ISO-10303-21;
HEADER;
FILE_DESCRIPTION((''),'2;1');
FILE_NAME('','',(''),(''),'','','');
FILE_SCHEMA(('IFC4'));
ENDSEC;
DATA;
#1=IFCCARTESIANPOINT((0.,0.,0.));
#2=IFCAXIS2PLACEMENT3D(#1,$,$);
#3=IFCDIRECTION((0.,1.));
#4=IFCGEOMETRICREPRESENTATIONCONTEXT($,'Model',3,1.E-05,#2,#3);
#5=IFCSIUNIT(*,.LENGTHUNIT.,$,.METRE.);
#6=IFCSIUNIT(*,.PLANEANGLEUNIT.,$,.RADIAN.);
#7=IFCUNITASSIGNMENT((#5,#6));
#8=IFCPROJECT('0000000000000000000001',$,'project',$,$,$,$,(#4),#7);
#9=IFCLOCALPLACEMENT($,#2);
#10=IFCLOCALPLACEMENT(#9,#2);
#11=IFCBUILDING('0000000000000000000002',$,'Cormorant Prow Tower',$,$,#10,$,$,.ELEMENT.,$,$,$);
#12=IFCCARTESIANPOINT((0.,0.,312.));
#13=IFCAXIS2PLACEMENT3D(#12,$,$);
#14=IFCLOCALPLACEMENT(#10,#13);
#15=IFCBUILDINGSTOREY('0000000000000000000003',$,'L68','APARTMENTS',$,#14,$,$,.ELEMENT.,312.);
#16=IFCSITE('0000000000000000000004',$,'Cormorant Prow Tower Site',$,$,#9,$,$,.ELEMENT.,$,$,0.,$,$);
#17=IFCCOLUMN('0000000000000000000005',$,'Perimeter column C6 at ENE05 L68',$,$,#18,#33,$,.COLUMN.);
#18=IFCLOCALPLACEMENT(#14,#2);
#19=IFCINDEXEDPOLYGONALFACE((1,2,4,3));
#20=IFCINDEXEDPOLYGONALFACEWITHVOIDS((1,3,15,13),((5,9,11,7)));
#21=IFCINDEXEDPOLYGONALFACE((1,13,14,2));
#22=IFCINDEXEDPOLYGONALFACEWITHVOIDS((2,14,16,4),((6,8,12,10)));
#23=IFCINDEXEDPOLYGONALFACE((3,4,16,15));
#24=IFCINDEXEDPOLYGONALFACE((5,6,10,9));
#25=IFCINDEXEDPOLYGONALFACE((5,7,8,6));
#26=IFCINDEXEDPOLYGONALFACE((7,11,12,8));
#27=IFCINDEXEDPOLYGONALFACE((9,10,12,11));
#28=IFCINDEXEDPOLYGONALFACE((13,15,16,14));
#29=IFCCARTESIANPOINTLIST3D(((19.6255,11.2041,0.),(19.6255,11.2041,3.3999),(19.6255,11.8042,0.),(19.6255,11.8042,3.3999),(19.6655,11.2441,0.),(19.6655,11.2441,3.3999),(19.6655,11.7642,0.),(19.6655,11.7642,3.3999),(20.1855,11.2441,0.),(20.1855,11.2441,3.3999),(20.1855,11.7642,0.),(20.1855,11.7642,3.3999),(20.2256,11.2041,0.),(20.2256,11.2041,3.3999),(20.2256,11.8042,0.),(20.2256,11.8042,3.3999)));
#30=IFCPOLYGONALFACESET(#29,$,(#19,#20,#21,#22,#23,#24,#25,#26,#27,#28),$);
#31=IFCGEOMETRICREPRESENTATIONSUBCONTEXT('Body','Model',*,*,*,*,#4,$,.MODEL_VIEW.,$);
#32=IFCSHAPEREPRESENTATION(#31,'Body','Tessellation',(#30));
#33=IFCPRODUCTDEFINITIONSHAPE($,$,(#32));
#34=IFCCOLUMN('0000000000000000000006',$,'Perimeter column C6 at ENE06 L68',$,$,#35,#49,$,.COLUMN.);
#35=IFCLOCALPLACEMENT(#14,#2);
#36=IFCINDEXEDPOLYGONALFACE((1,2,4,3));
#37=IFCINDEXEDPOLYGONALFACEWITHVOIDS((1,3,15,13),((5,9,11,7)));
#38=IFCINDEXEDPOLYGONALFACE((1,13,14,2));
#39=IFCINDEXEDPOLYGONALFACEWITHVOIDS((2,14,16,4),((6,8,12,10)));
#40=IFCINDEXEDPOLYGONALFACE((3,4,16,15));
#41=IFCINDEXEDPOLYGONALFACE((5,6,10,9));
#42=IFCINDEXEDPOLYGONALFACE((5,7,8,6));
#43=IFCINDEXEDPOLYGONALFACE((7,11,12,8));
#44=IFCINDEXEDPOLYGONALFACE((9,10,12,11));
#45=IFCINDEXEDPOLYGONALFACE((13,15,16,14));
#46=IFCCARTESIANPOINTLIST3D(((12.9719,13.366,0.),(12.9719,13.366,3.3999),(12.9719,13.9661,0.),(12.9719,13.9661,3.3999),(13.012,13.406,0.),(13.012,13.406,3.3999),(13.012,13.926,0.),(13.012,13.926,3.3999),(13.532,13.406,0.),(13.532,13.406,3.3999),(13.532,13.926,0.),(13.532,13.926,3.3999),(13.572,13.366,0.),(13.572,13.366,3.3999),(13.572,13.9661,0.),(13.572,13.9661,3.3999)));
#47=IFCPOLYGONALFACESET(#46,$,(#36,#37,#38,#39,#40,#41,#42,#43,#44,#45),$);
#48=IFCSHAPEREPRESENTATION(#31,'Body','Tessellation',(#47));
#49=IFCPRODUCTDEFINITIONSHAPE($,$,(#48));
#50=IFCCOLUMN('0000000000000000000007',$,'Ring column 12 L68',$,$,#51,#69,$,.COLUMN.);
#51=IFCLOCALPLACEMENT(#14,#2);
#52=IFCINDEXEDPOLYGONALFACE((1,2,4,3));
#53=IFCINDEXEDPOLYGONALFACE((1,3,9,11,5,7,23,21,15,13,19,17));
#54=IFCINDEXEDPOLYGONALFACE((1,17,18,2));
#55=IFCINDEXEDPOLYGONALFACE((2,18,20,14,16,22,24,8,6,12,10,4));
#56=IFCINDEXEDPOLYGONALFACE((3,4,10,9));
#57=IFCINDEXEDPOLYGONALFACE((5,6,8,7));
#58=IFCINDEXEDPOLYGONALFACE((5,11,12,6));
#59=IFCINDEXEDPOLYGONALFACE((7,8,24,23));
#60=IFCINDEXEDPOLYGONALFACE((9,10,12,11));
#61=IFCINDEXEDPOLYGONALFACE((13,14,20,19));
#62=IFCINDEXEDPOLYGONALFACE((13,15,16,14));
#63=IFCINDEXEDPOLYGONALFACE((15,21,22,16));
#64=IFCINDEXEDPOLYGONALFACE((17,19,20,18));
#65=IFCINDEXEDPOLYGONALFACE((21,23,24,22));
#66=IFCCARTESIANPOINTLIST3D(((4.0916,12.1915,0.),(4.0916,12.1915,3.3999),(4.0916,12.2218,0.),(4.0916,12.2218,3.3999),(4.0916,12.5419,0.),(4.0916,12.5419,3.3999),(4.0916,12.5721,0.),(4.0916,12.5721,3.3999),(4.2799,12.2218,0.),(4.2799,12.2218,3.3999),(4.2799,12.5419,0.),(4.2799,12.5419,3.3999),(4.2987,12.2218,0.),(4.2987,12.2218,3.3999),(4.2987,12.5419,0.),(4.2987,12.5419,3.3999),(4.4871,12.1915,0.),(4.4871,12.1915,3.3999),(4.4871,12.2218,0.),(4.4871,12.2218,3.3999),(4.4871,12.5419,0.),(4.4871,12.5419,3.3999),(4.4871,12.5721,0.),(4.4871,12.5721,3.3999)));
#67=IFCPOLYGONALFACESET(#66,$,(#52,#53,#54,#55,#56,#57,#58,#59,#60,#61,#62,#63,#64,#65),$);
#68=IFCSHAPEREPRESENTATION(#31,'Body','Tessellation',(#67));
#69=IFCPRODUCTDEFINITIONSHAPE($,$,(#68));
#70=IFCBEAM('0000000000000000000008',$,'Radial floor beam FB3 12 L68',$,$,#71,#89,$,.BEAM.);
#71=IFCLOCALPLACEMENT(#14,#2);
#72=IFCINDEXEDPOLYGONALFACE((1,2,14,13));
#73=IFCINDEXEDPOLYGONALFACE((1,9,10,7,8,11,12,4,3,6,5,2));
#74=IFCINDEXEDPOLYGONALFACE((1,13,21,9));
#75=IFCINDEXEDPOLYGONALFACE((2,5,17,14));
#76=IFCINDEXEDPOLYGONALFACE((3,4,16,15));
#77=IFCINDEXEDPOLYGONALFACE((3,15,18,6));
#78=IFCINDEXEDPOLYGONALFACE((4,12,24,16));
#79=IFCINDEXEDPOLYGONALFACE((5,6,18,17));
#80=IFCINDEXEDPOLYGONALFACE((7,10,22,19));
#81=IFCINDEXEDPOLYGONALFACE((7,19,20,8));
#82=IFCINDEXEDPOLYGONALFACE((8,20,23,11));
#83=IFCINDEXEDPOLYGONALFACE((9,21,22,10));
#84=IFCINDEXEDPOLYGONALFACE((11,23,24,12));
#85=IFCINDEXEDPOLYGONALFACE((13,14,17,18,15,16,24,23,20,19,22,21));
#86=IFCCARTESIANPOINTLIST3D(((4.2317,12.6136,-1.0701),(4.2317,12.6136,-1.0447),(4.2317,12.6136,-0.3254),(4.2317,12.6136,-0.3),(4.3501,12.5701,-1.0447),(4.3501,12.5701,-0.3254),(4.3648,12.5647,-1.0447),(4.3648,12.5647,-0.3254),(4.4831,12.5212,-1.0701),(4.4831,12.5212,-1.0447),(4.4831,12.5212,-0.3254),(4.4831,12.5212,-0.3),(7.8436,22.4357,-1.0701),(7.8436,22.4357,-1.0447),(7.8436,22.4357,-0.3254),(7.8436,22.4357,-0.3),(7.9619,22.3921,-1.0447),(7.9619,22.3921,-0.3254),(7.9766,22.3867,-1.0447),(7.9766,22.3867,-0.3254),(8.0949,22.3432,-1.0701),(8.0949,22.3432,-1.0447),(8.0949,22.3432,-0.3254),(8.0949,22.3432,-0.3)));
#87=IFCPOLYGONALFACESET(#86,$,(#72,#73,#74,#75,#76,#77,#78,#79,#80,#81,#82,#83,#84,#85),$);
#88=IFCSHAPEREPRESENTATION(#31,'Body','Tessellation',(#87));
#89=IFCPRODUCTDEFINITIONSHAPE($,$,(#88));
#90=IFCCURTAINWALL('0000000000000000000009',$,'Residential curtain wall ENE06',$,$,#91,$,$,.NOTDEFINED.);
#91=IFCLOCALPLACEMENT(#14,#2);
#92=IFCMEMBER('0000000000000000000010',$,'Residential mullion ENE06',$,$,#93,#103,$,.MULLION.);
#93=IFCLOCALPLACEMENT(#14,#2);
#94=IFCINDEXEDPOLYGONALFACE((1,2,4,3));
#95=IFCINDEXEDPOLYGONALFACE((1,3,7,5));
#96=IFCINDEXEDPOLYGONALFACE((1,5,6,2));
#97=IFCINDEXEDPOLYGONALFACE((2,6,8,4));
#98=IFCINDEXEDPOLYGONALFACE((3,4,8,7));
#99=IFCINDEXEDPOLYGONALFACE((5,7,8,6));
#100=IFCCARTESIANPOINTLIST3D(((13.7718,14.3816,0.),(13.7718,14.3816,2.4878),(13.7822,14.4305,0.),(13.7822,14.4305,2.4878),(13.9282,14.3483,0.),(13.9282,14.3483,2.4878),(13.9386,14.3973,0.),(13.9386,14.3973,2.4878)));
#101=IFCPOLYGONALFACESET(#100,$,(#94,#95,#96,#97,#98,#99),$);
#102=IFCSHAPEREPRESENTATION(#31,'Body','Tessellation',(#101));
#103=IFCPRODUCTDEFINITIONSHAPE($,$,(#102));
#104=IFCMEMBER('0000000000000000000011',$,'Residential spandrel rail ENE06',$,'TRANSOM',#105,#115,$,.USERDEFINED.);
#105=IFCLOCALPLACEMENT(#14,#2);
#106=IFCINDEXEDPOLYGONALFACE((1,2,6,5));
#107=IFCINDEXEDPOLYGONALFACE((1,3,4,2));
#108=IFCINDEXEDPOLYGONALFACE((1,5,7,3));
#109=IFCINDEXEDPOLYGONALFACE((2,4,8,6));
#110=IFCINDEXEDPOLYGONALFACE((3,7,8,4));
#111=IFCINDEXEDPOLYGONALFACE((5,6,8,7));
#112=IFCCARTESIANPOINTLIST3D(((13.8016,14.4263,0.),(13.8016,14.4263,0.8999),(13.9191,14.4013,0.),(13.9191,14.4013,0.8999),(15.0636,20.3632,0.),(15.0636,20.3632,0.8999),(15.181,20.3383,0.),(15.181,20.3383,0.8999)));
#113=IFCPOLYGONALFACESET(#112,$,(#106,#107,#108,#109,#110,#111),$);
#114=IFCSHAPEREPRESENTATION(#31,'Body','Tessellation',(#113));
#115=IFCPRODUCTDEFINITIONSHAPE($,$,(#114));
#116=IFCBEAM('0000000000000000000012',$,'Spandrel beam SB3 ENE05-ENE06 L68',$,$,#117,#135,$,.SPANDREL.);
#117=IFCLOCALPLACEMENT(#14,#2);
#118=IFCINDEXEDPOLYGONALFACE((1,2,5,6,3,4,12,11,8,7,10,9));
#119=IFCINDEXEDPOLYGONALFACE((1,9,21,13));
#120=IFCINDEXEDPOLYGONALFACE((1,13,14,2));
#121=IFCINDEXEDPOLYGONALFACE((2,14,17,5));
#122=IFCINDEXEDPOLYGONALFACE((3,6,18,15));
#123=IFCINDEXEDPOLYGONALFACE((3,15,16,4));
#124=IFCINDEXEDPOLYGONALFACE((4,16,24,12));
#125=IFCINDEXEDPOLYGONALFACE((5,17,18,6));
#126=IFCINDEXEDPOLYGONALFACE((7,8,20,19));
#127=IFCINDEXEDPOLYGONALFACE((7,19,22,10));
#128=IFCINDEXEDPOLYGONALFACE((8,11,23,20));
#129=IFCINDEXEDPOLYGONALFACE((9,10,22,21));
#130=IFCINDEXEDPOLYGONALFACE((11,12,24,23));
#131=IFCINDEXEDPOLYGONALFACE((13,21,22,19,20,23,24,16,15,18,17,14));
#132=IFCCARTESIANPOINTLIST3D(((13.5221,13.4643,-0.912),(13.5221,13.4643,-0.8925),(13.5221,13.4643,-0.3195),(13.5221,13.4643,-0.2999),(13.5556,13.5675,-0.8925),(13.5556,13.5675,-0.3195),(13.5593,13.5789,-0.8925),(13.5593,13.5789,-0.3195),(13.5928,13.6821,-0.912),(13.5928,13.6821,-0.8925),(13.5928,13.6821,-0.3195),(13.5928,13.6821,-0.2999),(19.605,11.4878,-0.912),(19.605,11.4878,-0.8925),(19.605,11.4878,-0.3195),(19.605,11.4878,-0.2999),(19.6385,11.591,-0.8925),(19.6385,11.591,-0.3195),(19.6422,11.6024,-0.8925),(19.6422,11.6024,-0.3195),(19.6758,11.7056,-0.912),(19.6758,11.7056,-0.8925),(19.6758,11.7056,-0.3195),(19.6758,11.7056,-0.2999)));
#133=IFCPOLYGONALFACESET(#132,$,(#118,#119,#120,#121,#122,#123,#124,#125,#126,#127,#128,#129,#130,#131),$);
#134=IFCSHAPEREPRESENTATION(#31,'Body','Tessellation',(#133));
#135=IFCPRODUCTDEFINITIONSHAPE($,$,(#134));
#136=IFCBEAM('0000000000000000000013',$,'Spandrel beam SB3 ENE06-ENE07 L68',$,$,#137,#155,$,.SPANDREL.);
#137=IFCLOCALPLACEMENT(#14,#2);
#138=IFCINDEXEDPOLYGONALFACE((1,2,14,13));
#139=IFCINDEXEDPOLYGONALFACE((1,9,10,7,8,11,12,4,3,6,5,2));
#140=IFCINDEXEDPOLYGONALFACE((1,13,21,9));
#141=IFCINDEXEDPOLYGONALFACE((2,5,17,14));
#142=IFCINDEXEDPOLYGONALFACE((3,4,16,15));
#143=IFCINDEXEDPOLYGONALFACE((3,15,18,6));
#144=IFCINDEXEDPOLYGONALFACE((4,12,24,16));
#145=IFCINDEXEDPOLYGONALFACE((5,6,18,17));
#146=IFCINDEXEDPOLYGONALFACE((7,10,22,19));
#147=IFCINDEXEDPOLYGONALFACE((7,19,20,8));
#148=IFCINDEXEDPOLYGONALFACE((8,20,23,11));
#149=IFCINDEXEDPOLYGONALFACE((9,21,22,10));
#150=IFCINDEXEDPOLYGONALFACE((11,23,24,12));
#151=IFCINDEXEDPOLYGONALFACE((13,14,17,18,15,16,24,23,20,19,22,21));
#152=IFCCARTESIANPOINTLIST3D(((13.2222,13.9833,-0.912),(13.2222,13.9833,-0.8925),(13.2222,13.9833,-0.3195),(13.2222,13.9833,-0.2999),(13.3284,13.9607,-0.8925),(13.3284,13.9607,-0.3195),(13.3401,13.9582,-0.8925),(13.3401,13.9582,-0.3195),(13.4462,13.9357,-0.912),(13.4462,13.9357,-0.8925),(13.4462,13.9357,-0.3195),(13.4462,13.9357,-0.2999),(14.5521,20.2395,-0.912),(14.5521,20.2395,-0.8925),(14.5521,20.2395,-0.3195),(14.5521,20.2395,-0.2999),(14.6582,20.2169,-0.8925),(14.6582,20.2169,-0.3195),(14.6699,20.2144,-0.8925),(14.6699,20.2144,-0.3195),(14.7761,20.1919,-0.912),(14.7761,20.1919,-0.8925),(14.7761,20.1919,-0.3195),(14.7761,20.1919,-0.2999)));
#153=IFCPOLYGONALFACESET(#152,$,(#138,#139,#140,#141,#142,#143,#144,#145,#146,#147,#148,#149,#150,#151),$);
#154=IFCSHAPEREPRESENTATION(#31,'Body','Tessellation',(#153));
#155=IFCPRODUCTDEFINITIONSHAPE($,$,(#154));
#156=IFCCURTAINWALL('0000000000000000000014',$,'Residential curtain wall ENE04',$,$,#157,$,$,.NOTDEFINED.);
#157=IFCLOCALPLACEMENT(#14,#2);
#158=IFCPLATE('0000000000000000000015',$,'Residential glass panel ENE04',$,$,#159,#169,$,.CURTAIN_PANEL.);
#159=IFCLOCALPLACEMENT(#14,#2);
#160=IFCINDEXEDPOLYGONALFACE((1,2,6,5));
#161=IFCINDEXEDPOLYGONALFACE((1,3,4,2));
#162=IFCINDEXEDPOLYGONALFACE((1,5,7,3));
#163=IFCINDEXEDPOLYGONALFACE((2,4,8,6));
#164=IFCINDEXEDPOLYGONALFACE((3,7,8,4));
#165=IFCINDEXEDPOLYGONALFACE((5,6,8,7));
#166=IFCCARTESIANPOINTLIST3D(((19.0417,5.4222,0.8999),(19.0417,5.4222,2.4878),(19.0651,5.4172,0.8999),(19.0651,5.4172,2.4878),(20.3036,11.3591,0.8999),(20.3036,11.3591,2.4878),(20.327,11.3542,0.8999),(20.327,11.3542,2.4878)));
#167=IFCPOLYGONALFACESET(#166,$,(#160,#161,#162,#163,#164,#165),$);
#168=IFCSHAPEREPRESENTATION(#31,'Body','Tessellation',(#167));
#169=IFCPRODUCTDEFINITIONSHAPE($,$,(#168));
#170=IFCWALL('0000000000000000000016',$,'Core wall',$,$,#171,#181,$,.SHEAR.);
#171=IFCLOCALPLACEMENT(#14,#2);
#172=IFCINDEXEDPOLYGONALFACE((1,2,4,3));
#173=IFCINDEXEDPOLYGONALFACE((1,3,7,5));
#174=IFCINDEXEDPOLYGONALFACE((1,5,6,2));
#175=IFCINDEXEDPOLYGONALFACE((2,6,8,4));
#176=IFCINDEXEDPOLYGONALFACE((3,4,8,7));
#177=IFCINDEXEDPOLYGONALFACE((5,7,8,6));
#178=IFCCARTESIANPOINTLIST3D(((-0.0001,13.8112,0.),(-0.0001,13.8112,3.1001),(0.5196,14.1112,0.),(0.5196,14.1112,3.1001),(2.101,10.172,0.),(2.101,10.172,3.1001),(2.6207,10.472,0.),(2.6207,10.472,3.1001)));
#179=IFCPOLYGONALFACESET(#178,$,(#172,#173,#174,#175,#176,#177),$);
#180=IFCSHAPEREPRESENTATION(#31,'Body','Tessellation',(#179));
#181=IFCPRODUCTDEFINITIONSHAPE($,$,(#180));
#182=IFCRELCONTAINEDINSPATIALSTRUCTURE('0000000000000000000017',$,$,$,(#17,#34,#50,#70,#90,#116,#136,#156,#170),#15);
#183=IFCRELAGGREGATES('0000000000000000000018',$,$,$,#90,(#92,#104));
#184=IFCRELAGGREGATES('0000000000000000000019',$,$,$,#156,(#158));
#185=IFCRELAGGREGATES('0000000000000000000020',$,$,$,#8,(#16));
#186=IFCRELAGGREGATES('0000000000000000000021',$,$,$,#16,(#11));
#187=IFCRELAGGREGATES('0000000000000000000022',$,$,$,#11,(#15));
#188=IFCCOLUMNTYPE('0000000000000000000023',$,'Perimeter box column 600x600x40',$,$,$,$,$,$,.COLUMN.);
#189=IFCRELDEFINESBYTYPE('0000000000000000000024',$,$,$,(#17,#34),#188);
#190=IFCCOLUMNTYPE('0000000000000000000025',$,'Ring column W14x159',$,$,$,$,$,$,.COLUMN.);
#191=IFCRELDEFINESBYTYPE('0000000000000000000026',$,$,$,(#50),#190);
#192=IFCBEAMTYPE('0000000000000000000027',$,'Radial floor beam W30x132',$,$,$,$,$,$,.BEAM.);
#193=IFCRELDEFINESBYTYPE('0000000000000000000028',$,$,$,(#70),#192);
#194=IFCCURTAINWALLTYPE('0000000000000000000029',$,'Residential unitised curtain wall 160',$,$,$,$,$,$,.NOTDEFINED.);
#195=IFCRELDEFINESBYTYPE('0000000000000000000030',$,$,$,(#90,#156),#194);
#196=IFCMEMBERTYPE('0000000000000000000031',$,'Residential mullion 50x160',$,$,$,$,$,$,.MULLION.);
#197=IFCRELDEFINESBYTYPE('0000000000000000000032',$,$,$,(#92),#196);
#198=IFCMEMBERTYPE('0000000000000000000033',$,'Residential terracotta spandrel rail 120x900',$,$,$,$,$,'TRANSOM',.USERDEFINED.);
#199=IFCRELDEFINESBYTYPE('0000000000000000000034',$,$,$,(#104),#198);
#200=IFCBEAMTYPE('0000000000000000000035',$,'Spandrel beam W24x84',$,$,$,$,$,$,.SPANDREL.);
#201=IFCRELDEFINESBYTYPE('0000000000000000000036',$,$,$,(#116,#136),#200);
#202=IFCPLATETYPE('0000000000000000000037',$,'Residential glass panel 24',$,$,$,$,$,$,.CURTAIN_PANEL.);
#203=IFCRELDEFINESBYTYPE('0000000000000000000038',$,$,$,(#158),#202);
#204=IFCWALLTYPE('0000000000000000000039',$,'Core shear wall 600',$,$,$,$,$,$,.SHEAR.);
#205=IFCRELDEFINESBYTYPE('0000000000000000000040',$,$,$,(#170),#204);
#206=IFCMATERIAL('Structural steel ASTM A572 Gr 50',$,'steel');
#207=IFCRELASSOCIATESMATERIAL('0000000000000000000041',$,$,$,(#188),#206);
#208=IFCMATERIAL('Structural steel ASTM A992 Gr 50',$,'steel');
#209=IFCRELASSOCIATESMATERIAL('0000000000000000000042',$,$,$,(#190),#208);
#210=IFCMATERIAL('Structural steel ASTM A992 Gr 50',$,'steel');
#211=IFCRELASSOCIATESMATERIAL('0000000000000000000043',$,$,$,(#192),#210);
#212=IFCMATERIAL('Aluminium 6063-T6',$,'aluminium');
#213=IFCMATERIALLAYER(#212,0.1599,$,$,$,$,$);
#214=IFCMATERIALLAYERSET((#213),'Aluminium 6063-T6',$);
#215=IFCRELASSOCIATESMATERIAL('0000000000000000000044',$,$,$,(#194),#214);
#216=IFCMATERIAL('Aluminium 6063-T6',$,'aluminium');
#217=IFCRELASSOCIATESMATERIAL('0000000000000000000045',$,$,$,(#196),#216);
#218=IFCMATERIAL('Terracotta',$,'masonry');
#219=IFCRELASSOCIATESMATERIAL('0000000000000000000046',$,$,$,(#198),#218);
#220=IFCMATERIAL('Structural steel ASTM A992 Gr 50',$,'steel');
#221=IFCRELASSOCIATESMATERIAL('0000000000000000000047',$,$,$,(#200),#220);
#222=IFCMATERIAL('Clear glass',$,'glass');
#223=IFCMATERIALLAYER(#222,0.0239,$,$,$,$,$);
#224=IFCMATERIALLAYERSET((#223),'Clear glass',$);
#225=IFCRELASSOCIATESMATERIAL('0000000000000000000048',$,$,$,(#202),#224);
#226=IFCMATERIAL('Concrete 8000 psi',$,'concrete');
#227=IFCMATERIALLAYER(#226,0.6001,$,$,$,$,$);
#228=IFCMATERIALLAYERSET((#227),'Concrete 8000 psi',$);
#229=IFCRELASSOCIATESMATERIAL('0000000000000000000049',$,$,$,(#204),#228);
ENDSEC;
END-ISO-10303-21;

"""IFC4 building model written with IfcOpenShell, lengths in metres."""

from ifc_helpers import new_model, si_unit, direction, frame, frame_2d, origin, origin_2d, place, context, subcontext, project, spatial, rectangle, hollow_rectangle, i_section, extrude, material, layer, layer_set, material_profile, profile_set, type_object, element, aggregate, save


model = new_model("IFC4")

# Units and contexts
model_context = context("Model", 3, precision=1e-05, world=origin(), true_north=direction((0.0, 1.0)))
body_context = subcontext(model_context, "Body", "Model", "MODEL_VIEW")
ifc_project = project(units=[si_unit("LENGTHUNIT", "METRE"), si_unit("PLANEANGLEUNIT", "RADIAN")], contexts=[model_context])

# Site, building, storey
site_placement = place(None, origin())
site = spatial("IfcSite", under=ifc_project, at=site_placement, Name="Cormorant Prow Tower Site", CompositionType="ELEMENT", RefElevation=0.0)
building_placement = place(site_placement, origin())
building = spatial("IfcBuilding", under=site, at=building_placement, Name="Cormorant Prow Tower", CompositionType="ELEMENT")
storey_placement = place(building_placement, frame((0.0, 0.0, 312.0)))
storey = spatial("IfcBuildingStorey", under=building, at=storey_placement, Name="L68", Description="APARTMENTS", CompositionType="ELEMENT", Elevation=312.0)

# Columns
ifc_material_1 = material(Name="Structural steel ASTM A572 Gr 50", Category="steel")
ifc_material_profile_1 = material_profile(ifc_material_1, hollow_rectangle(XDim=0.6001, YDim=0.6001, WallThickness=0.04, at=origin_2d()), Name="Box 600x600x40")
ifc_profile_set_1 = profile_set([ifc_material_profile_1], Name="Structural steel ASTM A572 Gr 50")
column_type_1 = type_object("IfcColumnType", Name="Perimeter box column 600x600x40", PredefinedType="COLUMN", material=ifc_profile_set_1)
for number, where, z_axis, x_axis, name in (
    (1, (19.9255, 11.5042, 0.0), (0.0, 0.0, 1.0), (1.0, 0.0, 0.0), "Perimeter column C6 at ENE05 L68"),
    (2, (13.272, 13.666, 0.0), (0.0, 0.0, 1.0), (1.0, 0.0, 0.0), "Perimeter column C6 at ENE06 L68"),
):
    element("IfcColumn", number, at=place(storey_placement, frame(where, z_axis=z_axis, x_axis=x_axis)), inside=storey, type_object=column_type_1, Name=name, PredefinedType="COLUMN", context=body_context, shape_type="SweptSolid", body=[
        extrude(hollow_rectangle(XDim=0.6001, YDim=0.6001, WallThickness=0.04, at=origin_2d()), origin(), (0.0, 0.0, 1.0), 3.3999),
    ])
ifc_material_2 = material(Name="Structural steel ASTM A992 Gr 50", Category="steel")
ifc_material_profile_2 = material_profile(ifc_material_2, i_section(OverallWidth=0.3955, OverallDepth=0.3806, WebThickness=0.0188, FlangeThickness=0.0303, at=origin_2d()), Name="W14x159")
ifc_profile_set_2 = profile_set([ifc_material_profile_2], Name="Structural steel ASTM A992 Gr 50")
column_type_2 = type_object("IfcColumnType", Name="Ring column W14x159", PredefinedType="COLUMN", material=ifc_profile_set_2)
column_placement = place(storey_placement, frame((4.2893, 12.3818, 0.0), z_axis=(0.0, 0.0, 1.0), x_axis=(1.0, 0.0, 0.0)))
element("IfcColumn", 3, at=column_placement, inside=storey, type_object=column_type_2, Name="Ring column 12 L68", PredefinedType="COLUMN", context=body_context, shape_type="SweptSolid", body=[
    extrude(i_section(OverallWidth=0.3955, OverallDepth=0.3806, WebThickness=0.0188, FlangeThickness=0.0303, at=origin_2d()), origin(), (0.0, 0.0, 1.0), 3.3999),
])

# Beam
ifc_material_3 = material(Name="Structural steel ASTM A992 Gr 50", Category="steel")
ifc_material_profile_3 = material_profile(ifc_material_3, i_section(OverallWidth=0.2678, OverallDepth=0.77, WebThickness=0.0156, FlangeThickness=0.0254, at=origin_2d()), Name="W30x132")
ifc_profile_set_3 = profile_set([ifc_material_profile_3], Name="Structural steel ASTM A992 Gr 50")
beam_type_1 = type_object("IfcBeamType", Name="Radial floor beam W30x132", PredefinedType="BEAM", material=ifc_profile_set_3)
beam_placement = place(storey_placement, frame((4.3574, 12.5674, -0.6851), z_axis=(0.345131, 0.938554, 0.0), x_axis=(-0.938554, 0.345131, 0.0)))
element("IfcBeam", 4, at=beam_placement, inside=storey, type_object=beam_type_1, Name="Radial floor beam FB3 12 L68", PredefinedType="BEAM", context=body_context, shape_type="SweptSolid", body=[
    extrude(i_section(OverallWidth=0.2678, OverallDepth=0.77, WebThickness=0.0156, FlangeThickness=0.0254, at=origin_2d()), origin(), (0.0, 0.0, 1.0), 10.4651),
])

# Curtain wall, members
ifc_material_4 = material(Name="Aluminium 6063-T6", Category="aluminium")
ifc_layer_1 = layer(ifc_material_4, 0.1599)
ifc_layer_set_1 = layer_set([ifc_layer_1], Name="Aluminium 6063-T6")
curtain_wall_type = type_object("IfcCurtainWallType", Name="Residential unitised curtain wall 160", PredefinedType="NOTDEFINED", material=ifc_layer_set_1)
curtain_wall_1_placement = place(storey_placement, origin())
curtain_wall_1 = element("IfcCurtainWall", 5, at=curtain_wall_1_placement, inside=storey, type_object=curtain_wall_type, Name="Residential curtain wall ENE06", PredefinedType="NOTDEFINED")
ifc_material_5 = material(Name="Aluminium 6063-T6", Category="aluminium")
ifc_material_profile_4 = material_profile(ifc_material_5, rectangle(XDim=0.1599, YDim=0.05, at=origin_2d()), Name="Residential mullion 50x160")
ifc_profile_set_4 = profile_set([ifc_material_profile_4], Name="Aluminium 6063-T6")
member_type_1 = type_object("IfcMemberType", Name="Residential mullion 50x160", PredefinedType="MULLION", material=ifc_profile_set_4)
member_1_placement = place(storey_placement, frame((13.8552, 14.3894, 0.0), z_axis=(0.0, 0.0, 1.0), x_axis=(-0.978148, 0.207912, 0.0)))
member_1 = element("IfcMember", 6, at=member_1_placement, type_object=member_type_1, Name="Residential mullion ENE06", PredefinedType="MULLION", context=body_context, shape_type="SweptSolid", body=[
    extrude(rectangle(XDim=0.1599, YDim=0.05, at=origin_2d()), origin(), (0.0, 0.0, 1.0), 2.4878),
])
ifc_material_6 = material(Name="Terracotta", Category="masonry")
ifc_material_profile_5 = material_profile(ifc_material_6, rectangle(XDim=0.1201, YDim=0.8999, at=origin_2d()), Name="Residential terracotta spandrel rail 120x900")
ifc_profile_set_5 = profile_set([ifc_material_profile_5], Name="Terracotta")
member_type_2 = type_object("IfcMemberType", Name="Residential terracotta spandrel rail 120x900", ElementType="TRANSOM", PredefinedType="USERDEFINED", material=ifc_profile_set_5)
member_2_placement = place(storey_placement, frame((13.8604, 14.4138, 0.45), z_axis=(0.207914, 0.978147, 0.0), x_axis=(-0.978147, 0.207914, 0.0)))
member_2 = element("IfcMember", 7, at=member_2_placement, type_object=member_type_2, Name="Residential spandrel rail ENE06", ObjectType="TRANSOM", PredefinedType="USERDEFINED", context=body_context, shape_type="SweptSolid", body=[
    extrude(rectangle(XDim=0.1201, YDim=0.8999, at=origin_2d()), origin(), (0.0, 0.0, 1.0), 6.0696),
])
aggregate(curtain_wall_1, [member_1, member_2])

# Beams
ifc_material_7 = material(Name="Structural steel ASTM A992 Gr 50", Category="steel")
ifc_material_profile_6 = material_profile(ifc_material_7, i_section(OverallWidth=0.229, OverallDepth=0.6121, WebThickness=0.012, FlangeThickness=0.0195, at=origin_2d()), Name="W24x84")
ifc_profile_set_6 = profile_set([ifc_material_profile_6], Name="Structural steel ASTM A992 Gr 50")
beam_type_2 = type_object("IfcBeamType", Name="Spandrel beam W24x84", PredefinedType="SPANDREL", material=ifc_profile_set_6)
for number, where, z_axis, x_axis, name in (
    (8, (19.6404, 11.5967, -0.606), (-0.951053, 0.309027, 0.0), (-0.309027, -0.951053, 0.0), "Spandrel beam SB3 ENE05-ENE06 L68"),
    (9, (13.3342, 13.9595, -0.606), (0.20792, 0.978146, 0.0), (-0.978146, 0.20792, 0.0), "Spandrel beam SB3 ENE06-ENE07 L68"),
):
    element("IfcBeam", number, at=place(storey_placement, frame(where, z_axis=z_axis, x_axis=x_axis)), inside=storey, type_object=beam_type_2, Name=name, PredefinedType="SPANDREL", context=body_context, shape_type="SweptSolid", body=[
        extrude(i_section(OverallWidth=0.229, OverallDepth=0.6121, WebThickness=0.012, FlangeThickness=0.0195, at=origin_2d()), origin(), (0.0, 0.0, 1.0), 6.396),
    ])

# Curtain wall, plate
curtain_wall_2_placement = place(storey_placement, origin())
curtain_wall_2 = element("IfcCurtainWall", 10, at=curtain_wall_2_placement, inside=storey, type_object=curtain_wall_type, Name="Residential curtain wall ENE04", PredefinedType="NOTDEFINED")
ifc_material_8 = material(Name="Clear glass", Category="glass")
ifc_layer_2 = layer(ifc_material_8, 0.0239)
ifc_layer_set_2 = layer_set([ifc_layer_2], Name="Clear glass")
plate_type = type_object("IfcPlateType", Name="Residential glass panel 24", PredefinedType="CURTAIN_PANEL", material=ifc_layer_set_2)
plate_placement = place(storey_placement, frame((19.6843, 8.3882, 0.8999), z_axis=(0.0, 0.0, 1.0), x_axis=(0.207912, 0.978148, 0.0)))
plate = element("IfcPlate", 11, at=plate_placement, type_object=plate_type, Name="Residential glass panel ENE04", PredefinedType="CURTAIN_PANEL", context=body_context, shape_type="SweptSolid", body=[
    extrude(rectangle(XDim=6.0696, YDim=0.0239, at=origin_2d()), origin(), (0.0, 0.0, 1.0), 1.5879),
])
aggregate(curtain_wall_2, [plate])

# Wall
ifc_material_9 = material(Name="Concrete 8000 psi", Category="concrete")
ifc_layer_3 = layer(ifc_material_9, 0.6001)
ifc_layer_set_3 = layer_set([ifc_layer_3], Name="Concrete 8000 psi")
wall_type_1 = type_object("IfcWallType", Name="Core shear wall 600", PredefinedType="SHEAR", material=ifc_layer_set_3)
wall_1_placement = place(storey_placement, frame((2.3608, 10.322, 0.0), z_axis=(0.0, 0.0, 1.0), x_axis=(-0.500001, 0.866025, 0.0)))
element("IfcWall", 12, at=wall_1_placement, inside=storey, type_object=wall_type_1, Name="Core wall", PredefinedType="SHEAR", context=body_context, shape_type="SweptSolid", body=[
    extrude(rectangle(XDim=4.2021, YDim=0.6001, at=frame_2d((2.1011, 0.0))), origin(), (0.0, 0.0, 1.0), 3.1001),
])

save(model, "model.ifc")
